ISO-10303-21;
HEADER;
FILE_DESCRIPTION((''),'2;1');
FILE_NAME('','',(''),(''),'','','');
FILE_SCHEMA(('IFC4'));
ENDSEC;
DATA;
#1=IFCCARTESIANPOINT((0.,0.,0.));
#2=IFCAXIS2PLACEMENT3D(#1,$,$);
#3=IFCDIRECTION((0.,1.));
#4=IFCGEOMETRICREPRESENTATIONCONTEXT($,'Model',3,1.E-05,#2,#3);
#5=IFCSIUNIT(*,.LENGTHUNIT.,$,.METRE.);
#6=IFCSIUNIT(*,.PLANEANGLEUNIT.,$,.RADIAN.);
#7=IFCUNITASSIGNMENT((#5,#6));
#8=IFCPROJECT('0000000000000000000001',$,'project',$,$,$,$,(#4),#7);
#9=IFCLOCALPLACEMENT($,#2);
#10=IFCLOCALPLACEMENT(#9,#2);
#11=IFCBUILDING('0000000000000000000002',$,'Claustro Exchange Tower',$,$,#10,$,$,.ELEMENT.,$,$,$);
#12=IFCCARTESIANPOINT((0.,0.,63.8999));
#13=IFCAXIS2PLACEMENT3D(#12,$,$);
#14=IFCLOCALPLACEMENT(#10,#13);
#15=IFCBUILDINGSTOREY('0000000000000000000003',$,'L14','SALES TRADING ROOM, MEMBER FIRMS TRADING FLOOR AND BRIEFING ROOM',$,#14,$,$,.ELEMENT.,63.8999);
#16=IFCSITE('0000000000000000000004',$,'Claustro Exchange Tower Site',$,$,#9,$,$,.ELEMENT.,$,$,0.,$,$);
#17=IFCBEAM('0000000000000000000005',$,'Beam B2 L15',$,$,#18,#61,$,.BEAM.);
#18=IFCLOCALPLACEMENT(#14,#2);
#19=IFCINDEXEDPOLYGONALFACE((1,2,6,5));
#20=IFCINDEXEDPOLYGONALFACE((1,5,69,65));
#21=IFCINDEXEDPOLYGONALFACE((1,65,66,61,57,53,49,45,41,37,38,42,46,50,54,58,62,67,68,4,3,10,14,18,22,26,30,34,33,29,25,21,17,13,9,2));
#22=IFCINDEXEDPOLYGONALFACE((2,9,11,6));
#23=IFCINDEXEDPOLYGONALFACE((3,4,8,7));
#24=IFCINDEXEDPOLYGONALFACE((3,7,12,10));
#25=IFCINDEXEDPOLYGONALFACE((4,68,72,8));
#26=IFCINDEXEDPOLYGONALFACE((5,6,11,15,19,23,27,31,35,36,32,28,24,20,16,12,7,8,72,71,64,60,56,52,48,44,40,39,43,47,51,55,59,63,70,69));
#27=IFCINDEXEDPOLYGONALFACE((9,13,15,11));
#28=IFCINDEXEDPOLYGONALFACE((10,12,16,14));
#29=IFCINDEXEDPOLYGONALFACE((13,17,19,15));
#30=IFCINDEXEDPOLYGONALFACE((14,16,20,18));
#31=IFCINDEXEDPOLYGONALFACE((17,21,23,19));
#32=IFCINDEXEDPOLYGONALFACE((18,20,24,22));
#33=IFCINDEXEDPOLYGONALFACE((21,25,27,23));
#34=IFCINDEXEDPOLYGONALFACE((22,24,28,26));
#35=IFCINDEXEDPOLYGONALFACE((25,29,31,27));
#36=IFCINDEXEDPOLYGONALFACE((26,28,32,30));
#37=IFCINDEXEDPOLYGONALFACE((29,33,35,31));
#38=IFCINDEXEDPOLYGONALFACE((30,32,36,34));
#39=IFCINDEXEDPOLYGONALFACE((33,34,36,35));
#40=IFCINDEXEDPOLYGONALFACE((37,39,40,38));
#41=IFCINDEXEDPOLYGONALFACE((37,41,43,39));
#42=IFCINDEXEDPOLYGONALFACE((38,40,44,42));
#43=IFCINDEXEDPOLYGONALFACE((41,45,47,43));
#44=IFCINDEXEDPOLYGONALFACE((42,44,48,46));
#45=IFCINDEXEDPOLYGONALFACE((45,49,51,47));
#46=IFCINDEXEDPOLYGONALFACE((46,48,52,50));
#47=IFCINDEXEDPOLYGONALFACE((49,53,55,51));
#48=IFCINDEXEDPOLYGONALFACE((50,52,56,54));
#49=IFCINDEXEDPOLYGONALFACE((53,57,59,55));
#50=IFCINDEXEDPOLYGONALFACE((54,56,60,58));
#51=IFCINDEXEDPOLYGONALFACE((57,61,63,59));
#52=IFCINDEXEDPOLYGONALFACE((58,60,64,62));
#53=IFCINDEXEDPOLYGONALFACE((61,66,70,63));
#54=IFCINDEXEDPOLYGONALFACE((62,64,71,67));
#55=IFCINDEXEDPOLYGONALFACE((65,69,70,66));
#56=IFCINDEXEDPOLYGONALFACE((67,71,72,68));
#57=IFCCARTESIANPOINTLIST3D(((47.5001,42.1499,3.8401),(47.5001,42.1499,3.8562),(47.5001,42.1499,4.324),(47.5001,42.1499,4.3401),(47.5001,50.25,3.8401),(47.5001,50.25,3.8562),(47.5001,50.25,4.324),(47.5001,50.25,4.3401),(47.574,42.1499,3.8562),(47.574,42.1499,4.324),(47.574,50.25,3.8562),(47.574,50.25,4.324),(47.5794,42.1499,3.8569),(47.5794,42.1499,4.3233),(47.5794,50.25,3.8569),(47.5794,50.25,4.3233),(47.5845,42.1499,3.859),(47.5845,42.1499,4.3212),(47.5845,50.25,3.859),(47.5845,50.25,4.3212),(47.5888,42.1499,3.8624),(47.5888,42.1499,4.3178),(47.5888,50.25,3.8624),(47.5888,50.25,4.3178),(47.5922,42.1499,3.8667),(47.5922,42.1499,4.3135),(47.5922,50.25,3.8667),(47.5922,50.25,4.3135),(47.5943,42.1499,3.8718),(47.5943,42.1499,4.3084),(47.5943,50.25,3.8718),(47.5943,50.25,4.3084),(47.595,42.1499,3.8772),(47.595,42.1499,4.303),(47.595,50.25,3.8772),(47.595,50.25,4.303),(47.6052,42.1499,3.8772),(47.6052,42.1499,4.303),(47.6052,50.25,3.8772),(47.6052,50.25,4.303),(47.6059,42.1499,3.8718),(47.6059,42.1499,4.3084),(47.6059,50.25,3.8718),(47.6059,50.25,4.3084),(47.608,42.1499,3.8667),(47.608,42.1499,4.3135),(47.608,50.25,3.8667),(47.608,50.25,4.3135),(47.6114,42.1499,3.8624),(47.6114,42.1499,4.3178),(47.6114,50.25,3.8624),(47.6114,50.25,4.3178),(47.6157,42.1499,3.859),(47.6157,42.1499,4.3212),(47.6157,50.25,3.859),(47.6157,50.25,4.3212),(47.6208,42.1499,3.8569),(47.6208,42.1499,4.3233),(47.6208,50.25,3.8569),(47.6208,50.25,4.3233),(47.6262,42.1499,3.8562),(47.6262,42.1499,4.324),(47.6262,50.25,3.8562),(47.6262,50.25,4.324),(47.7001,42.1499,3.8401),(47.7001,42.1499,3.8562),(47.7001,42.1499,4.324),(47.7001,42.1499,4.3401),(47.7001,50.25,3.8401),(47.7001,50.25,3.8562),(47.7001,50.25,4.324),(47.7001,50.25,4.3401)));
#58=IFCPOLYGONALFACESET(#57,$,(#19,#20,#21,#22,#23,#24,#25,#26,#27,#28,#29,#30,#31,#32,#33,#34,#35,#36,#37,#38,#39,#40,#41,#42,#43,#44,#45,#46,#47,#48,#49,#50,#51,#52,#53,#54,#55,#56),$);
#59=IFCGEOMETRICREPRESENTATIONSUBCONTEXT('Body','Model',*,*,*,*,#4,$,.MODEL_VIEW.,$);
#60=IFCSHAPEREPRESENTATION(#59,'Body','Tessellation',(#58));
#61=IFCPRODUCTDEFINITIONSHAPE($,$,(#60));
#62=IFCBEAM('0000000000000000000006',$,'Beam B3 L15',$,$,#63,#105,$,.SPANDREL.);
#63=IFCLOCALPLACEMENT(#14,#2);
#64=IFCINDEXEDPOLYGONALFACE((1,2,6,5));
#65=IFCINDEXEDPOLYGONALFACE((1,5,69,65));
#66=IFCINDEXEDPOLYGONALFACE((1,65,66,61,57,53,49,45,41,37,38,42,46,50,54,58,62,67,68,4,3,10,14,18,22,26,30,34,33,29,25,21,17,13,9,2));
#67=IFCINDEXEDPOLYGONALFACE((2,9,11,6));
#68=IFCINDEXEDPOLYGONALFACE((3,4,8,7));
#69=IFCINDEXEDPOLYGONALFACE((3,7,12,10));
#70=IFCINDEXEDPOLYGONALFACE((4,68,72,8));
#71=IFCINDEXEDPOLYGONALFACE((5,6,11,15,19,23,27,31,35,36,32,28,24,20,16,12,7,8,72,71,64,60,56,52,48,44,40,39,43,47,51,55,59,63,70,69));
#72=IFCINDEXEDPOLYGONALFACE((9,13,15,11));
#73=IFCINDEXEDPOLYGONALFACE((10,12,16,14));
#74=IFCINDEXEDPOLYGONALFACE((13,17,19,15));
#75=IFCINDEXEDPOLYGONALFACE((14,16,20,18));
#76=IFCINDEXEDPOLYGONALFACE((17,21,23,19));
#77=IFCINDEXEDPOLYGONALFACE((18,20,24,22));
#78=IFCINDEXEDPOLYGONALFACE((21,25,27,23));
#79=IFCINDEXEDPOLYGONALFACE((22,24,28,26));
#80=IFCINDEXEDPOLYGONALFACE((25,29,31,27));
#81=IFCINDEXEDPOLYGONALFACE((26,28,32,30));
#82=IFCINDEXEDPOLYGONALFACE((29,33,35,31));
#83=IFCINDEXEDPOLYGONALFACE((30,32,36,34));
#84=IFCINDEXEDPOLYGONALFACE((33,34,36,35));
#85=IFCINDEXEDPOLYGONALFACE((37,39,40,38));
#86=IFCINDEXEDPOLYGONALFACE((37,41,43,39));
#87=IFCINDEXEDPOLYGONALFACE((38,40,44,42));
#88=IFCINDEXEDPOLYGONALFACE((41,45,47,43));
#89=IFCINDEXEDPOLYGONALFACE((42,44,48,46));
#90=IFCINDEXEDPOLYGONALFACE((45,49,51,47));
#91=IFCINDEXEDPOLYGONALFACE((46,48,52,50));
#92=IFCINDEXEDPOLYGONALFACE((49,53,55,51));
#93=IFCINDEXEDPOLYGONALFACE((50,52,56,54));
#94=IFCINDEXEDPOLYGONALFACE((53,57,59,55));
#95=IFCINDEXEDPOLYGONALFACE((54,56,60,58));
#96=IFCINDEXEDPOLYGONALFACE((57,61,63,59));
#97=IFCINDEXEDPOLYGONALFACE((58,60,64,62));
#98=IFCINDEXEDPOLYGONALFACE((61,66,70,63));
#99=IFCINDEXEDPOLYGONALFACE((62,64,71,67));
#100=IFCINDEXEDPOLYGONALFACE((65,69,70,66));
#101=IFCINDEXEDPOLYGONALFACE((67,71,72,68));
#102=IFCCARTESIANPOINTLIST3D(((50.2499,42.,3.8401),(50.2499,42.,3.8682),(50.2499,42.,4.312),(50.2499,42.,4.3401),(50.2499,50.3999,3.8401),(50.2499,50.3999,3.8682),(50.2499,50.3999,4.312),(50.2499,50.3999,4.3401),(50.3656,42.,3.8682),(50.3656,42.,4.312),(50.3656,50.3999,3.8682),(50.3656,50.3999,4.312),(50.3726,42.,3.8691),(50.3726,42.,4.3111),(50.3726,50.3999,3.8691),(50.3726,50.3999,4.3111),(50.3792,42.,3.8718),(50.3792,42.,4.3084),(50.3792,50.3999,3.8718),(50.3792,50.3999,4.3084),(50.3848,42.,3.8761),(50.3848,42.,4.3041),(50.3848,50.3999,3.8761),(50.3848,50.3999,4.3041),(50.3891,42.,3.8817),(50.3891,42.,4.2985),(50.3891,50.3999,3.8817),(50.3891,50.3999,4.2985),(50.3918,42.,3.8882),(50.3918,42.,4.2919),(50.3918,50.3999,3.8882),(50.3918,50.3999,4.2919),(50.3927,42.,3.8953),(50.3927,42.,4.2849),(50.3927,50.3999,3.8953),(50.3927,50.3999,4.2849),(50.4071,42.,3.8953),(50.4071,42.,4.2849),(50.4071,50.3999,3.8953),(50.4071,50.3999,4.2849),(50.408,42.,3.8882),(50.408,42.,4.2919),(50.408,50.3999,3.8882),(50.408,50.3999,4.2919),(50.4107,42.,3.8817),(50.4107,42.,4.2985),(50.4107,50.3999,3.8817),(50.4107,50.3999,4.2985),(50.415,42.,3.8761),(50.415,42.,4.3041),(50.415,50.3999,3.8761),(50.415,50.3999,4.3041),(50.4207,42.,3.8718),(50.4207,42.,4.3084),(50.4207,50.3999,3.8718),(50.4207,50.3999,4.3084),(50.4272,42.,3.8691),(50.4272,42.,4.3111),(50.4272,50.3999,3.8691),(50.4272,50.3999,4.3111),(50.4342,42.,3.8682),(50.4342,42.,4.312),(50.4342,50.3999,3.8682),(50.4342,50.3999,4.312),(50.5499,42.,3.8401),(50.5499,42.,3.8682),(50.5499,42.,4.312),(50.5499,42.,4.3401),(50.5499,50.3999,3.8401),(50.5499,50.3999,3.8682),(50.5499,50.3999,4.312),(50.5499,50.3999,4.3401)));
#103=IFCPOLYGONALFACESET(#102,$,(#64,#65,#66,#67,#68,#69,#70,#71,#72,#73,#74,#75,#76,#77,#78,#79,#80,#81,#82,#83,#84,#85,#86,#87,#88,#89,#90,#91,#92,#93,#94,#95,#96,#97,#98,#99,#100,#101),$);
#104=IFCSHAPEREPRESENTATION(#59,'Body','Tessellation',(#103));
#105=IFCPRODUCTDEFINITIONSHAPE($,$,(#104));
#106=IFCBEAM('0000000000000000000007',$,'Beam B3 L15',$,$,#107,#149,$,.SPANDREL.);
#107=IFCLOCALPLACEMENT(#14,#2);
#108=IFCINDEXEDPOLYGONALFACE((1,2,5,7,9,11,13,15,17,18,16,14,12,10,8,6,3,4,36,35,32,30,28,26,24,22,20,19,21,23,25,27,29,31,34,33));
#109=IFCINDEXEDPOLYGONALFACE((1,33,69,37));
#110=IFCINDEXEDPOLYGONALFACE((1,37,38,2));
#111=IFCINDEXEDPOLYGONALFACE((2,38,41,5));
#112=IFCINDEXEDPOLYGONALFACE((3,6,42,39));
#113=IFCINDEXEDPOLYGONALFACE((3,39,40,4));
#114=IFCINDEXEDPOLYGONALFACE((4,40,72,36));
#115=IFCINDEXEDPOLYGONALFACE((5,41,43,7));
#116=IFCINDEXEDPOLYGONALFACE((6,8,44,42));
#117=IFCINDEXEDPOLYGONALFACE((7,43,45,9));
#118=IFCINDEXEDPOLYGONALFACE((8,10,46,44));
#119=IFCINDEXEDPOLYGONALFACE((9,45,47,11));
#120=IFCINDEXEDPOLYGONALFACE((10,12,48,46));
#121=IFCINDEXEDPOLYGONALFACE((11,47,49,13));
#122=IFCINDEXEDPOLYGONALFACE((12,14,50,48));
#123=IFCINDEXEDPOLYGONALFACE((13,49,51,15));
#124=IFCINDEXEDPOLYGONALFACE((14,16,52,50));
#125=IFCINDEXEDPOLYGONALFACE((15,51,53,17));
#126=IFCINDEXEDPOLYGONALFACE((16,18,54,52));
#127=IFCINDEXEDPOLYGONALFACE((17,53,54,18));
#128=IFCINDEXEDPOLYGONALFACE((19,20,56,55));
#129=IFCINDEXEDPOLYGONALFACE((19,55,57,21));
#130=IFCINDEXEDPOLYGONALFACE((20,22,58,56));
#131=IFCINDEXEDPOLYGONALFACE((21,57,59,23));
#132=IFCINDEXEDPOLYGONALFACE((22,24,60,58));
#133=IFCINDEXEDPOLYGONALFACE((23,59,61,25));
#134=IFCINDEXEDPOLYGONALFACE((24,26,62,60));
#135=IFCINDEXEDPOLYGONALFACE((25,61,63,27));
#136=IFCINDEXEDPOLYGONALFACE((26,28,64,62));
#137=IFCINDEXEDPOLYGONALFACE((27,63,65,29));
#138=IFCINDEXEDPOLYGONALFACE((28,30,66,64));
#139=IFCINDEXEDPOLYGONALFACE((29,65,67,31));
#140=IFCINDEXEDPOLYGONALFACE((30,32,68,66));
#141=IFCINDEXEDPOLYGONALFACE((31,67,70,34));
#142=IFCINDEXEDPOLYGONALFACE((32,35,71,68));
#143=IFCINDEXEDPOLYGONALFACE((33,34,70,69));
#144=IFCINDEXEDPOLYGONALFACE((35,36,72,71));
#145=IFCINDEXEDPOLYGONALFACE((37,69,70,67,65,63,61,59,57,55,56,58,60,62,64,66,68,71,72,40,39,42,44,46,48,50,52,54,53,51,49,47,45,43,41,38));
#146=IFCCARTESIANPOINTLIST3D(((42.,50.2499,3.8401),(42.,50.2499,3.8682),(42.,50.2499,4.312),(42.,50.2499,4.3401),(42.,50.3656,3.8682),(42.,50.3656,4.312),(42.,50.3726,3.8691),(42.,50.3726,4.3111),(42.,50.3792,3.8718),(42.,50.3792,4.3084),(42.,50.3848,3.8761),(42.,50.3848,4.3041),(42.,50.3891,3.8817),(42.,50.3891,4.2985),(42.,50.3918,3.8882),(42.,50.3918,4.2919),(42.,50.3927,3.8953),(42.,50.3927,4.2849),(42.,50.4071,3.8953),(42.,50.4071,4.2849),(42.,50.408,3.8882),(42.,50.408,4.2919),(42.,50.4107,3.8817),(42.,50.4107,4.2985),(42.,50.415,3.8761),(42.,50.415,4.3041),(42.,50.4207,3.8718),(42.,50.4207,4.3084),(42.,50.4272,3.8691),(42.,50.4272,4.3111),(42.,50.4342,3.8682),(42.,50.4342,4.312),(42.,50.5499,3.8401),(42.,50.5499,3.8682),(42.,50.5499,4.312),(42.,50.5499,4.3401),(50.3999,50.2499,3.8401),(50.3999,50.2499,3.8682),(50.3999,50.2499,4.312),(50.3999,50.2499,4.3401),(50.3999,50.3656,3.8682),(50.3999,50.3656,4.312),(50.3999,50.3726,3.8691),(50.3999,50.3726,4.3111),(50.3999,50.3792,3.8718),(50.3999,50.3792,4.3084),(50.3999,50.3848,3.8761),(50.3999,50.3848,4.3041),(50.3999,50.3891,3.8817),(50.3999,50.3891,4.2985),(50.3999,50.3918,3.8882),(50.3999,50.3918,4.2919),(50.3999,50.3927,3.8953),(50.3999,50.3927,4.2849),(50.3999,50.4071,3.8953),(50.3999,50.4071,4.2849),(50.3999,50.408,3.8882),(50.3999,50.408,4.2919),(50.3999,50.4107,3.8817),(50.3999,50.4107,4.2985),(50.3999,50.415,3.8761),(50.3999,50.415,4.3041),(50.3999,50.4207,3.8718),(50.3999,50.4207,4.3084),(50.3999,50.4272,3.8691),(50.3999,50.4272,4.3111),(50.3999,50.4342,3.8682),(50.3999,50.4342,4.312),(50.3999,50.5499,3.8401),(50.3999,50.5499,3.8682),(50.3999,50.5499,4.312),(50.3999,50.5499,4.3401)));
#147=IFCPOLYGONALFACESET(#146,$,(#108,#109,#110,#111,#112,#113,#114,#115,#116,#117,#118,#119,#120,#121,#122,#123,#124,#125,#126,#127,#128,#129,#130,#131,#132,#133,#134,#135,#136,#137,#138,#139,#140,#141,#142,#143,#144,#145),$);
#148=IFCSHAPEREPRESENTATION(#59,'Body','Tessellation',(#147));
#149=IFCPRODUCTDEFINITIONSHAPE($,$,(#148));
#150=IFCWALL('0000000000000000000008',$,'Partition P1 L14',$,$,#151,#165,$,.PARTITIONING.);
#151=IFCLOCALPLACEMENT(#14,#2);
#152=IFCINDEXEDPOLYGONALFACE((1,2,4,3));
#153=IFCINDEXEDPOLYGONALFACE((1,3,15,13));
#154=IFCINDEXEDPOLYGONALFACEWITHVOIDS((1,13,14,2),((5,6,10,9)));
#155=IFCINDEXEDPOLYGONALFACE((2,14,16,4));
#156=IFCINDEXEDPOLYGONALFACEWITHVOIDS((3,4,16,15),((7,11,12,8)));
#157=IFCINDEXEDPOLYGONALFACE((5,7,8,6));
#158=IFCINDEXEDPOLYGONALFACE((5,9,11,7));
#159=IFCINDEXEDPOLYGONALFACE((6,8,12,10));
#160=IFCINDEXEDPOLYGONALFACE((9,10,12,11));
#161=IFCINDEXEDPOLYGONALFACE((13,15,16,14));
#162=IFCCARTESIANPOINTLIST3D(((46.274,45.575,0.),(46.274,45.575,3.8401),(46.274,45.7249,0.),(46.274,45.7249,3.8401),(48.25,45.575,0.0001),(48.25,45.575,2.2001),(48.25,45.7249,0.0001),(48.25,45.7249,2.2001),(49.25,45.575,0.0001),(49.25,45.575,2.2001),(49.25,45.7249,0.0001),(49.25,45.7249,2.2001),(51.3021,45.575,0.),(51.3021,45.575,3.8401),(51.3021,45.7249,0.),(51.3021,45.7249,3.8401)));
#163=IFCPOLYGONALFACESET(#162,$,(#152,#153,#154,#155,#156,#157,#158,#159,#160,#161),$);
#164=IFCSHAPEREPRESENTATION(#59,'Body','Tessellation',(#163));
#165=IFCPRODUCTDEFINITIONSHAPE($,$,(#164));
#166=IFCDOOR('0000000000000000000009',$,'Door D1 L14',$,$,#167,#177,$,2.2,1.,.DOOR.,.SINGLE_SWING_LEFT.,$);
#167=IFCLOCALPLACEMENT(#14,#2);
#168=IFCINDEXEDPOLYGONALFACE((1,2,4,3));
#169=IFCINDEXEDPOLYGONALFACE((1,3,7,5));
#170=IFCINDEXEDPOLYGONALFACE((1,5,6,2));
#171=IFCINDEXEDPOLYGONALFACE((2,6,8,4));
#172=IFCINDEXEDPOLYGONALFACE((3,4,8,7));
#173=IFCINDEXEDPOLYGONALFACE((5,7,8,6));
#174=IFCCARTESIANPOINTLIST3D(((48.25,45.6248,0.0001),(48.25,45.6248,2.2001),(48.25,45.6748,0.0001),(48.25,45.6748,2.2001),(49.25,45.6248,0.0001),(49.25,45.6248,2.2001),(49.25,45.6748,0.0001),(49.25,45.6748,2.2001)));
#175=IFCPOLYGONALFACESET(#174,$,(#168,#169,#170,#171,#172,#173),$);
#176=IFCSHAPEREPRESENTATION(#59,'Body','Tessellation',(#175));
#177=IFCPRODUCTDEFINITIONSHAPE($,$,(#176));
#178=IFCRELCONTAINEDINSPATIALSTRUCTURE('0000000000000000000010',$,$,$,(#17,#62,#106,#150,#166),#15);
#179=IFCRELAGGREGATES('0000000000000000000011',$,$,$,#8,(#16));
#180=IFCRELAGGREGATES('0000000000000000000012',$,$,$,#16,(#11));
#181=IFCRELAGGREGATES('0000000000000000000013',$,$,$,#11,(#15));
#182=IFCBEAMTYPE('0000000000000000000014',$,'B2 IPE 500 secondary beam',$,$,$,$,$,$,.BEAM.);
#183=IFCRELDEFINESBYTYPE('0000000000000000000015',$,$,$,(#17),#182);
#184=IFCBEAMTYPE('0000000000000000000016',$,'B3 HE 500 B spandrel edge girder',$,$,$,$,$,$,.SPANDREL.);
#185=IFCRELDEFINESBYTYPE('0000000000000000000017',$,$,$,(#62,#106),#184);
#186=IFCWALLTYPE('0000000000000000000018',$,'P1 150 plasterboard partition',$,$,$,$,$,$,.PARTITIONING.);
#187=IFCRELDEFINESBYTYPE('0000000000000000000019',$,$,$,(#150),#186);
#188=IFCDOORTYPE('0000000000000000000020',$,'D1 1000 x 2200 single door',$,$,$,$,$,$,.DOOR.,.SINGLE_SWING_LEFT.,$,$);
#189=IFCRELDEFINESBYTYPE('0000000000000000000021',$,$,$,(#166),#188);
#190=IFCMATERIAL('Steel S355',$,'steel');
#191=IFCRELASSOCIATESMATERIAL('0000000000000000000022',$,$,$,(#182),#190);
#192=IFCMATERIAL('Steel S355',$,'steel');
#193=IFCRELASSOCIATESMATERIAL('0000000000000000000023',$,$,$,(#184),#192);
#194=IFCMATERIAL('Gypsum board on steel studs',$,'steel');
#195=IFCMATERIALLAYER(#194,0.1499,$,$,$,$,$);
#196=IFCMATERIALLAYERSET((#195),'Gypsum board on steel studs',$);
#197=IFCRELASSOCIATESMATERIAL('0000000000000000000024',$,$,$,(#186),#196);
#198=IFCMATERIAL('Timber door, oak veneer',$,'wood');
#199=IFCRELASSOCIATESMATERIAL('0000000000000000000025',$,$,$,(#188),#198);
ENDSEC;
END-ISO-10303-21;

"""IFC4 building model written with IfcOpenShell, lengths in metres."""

from ifc_helpers import new_model, si_unit, direction, frame, frame_2d, origin, origin_2d, place, context, subcontext, project, spatial, rectangle, i_section, extrude, material, layer, layer_set, material_profile, profile_set, type_object, element, fill, save


model = new_model("IFC4")

# Units and contexts
model_context = context("Model", 3, precision=1e-05, world=origin(), true_north=direction((0.0, 1.0)))
body_context = subcontext(model_context, "Body", "Model", "MODEL_VIEW")
ifc_project = project(units=[si_unit("LENGTHUNIT", "METRE"), si_unit("PLANEANGLEUNIT", "RADIAN")], contexts=[model_context])

# Site, building, storey
site_placement = place(None, origin())
site = spatial("IfcSite", under=ifc_project, at=site_placement, Name="Claustro Exchange Tower Site", CompositionType="ELEMENT", RefElevation=0.0)
building_placement = place(site_placement, origin())
building = spatial("IfcBuilding", under=site, at=building_placement, Name="Claustro Exchange Tower", CompositionType="ELEMENT")
storey_placement = place(building_placement, frame((0.0, 0.0, 63.8999)))
storey = spatial("IfcBuildingStorey", under=building, at=storey_placement, Name="L14", Description="SALES TRADING ROOM, MEMBER FIRMS TRADING FLOOR AND BRIEFING ROOM", CompositionType="ELEMENT", Elevation=63.8999)

# Beams
ifc_material_1 = material(Name="Steel S355", Category="steel")
ifc_material_profile_1 = material_profile(ifc_material_1, i_section(OverallWidth=0.2, OverallDepth=0.5, WebThickness=0.0103, FlangeThickness=0.0161, FilletRadius=0.021, at=origin_2d()), Name="IPE 500")
ifc_profile_set_1 = profile_set([ifc_material_profile_1], Name="Steel S355")
beam_type_1 = type_object("IfcBeamType", Name="B2 IPE 500 secondary beam", PredefinedType="BEAM", material=ifc_profile_set_1)
for number, where, z_axis, x_axis, name in (
    (1, (47.6001, 42.1499, 4.0901), (0.0, 1.0, 0.0), (-1.0, 0.0, 0.0), "Beam B2 L15"),
):
    element("IfcBeam", number, at=place(storey_placement, frame(where, z_axis=z_axis, x_axis=x_axis)), inside=storey, type_object=beam_type_1, Name=name, PredefinedType="BEAM", context=body_context, shape_type="SweptSolid", body=[
        extrude(i_section(OverallWidth=0.2, OverallDepth=0.5, WebThickness=0.0103, FlangeThickness=0.0161, FilletRadius=0.021, at=origin_2d()), origin(), (0.0, 0.0, 1.0), 8.1001),
    ])
ifc_material_2 = material(Name="Steel S355", Category="steel")
ifc_material_profile_2 = material_profile(ifc_material_2, i_section(OverallWidth=0.3, OverallDepth=0.5, WebThickness=0.0144, FlangeThickness=0.0281, FilletRadius=0.0271, at=origin_2d()), Name="HE 500 B")
ifc_profile_set_2 = profile_set([ifc_material_profile_2], Name="Steel S355")
beam_type_2 = type_object("IfcBeamType", Name="B3 HE 500 B spandrel edge girder", PredefinedType="SPANDREL", material=ifc_profile_set_2)
for number, where, z_axis, x_axis, name in (
    (2, (50.3999, 42.0, 4.0901), (0.0, 1.0, 0.0), (-1.0, 0.0, 0.0), "Beam B3 L15"),
    (3, (42.0, 50.3999, 4.0901), (1.0, 0.0, 0.0), (0.0, 1.0, 0.0), "Beam B3 L15"),
):
    element("IfcBeam", number, at=place(storey_placement, frame(where, z_axis=z_axis, x_axis=x_axis)), inside=storey, type_object=beam_type_2, Name=name, PredefinedType="SPANDREL", context=body_context, shape_type="SweptSolid", body=[
        extrude(i_section(OverallWidth=0.3, OverallDepth=0.5, WebThickness=0.0144, FlangeThickness=0.0281, FilletRadius=0.0271, at=origin_2d()), origin(), (0.0, 0.0, 1.0), 8.3999),
    ])

# Wall, opening, door
ifc_material_3 = material(Name="Gypsum board on steel studs", Category="steel")
ifc_layer_1 = layer(ifc_material_3, 0.1499)
ifc_layer_set_1 = layer_set([ifc_layer_1], Name="Gypsum board on steel studs")
wall_type_1 = type_object("IfcWallType", Name="P1 150 plasterboard partition", PredefinedType="PARTITIONING", material=ifc_layer_set_1)
wall_1_placement = place(storey_placement, frame((46.2739, 45.6499, 0.0), z_axis=(0.0, 0.0, 1.0), x_axis=(1.0, 0.0, 0.0)))
wall_1 = element("IfcWall", 4, at=wall_1_placement, inside=storey, type_object=wall_type_1, Name="Partition P1 L14", PredefinedType="PARTITIONING", context=body_context, shape_type="SweptSolid", body=[
    extrude(rectangle(XDim=5.0281, YDim=0.1499, at=frame_2d((2.5142, 0.0))), origin(), (0.0, 0.0, 1.0), 3.8401),
])
opening_1_placement = place(wall_1_placement, frame((1.9761, 0.0, 0.0)))
opening_1 = element("IfcOpeningElement", 5, at=opening_1_placement, cuts=wall_1, PredefinedType="OPENING", context=body_context, shape_type="SweptSolid", body=[
    extrude(rectangle(XDim=1.0, YDim=2.2, at=frame_2d((0.5, 1.1001))), frame((0.0, 0.085, 0.0), z_axis=(0.0, -1.0, 0.0), x_axis=(1.0, 0.0, 0.0)), (0.0, 0.0, 1.0), 0.1699),
])
ifc_material_4 = material(Name="Timber door, oak veneer", Category="wood")
door_type = type_object("IfcDoorType", Name="D1 1000 x 2200 single door", OperationType="SINGLE_SWING_LEFT", PredefinedType="DOOR", material=ifc_material_4)
door_1_placement = place(opening_1_placement, origin())
door_1 = element("IfcDoor", 6, at=door_1_placement, inside=storey, type_object=door_type, Name="Door D1 L14", OperationType="SINGLE_SWING_LEFT", OverallHeight=2.2, OverallWidth=1.0, PredefinedType="DOOR", context=body_context, shape_type="SweptSolid", body=[
    extrude(rectangle(XDim=1.0, YDim=2.2, at=frame_2d((0.5, 1.1001))), frame((0.0, 0.0249, 0.0), z_axis=(0.0, -1.0, 0.0), x_axis=(1.0, 0.0, 0.0)), (0.0, 0.0, 1.0), 0.05),
])
fill(opening_1, door_1)

save(model, "model.ifc")
